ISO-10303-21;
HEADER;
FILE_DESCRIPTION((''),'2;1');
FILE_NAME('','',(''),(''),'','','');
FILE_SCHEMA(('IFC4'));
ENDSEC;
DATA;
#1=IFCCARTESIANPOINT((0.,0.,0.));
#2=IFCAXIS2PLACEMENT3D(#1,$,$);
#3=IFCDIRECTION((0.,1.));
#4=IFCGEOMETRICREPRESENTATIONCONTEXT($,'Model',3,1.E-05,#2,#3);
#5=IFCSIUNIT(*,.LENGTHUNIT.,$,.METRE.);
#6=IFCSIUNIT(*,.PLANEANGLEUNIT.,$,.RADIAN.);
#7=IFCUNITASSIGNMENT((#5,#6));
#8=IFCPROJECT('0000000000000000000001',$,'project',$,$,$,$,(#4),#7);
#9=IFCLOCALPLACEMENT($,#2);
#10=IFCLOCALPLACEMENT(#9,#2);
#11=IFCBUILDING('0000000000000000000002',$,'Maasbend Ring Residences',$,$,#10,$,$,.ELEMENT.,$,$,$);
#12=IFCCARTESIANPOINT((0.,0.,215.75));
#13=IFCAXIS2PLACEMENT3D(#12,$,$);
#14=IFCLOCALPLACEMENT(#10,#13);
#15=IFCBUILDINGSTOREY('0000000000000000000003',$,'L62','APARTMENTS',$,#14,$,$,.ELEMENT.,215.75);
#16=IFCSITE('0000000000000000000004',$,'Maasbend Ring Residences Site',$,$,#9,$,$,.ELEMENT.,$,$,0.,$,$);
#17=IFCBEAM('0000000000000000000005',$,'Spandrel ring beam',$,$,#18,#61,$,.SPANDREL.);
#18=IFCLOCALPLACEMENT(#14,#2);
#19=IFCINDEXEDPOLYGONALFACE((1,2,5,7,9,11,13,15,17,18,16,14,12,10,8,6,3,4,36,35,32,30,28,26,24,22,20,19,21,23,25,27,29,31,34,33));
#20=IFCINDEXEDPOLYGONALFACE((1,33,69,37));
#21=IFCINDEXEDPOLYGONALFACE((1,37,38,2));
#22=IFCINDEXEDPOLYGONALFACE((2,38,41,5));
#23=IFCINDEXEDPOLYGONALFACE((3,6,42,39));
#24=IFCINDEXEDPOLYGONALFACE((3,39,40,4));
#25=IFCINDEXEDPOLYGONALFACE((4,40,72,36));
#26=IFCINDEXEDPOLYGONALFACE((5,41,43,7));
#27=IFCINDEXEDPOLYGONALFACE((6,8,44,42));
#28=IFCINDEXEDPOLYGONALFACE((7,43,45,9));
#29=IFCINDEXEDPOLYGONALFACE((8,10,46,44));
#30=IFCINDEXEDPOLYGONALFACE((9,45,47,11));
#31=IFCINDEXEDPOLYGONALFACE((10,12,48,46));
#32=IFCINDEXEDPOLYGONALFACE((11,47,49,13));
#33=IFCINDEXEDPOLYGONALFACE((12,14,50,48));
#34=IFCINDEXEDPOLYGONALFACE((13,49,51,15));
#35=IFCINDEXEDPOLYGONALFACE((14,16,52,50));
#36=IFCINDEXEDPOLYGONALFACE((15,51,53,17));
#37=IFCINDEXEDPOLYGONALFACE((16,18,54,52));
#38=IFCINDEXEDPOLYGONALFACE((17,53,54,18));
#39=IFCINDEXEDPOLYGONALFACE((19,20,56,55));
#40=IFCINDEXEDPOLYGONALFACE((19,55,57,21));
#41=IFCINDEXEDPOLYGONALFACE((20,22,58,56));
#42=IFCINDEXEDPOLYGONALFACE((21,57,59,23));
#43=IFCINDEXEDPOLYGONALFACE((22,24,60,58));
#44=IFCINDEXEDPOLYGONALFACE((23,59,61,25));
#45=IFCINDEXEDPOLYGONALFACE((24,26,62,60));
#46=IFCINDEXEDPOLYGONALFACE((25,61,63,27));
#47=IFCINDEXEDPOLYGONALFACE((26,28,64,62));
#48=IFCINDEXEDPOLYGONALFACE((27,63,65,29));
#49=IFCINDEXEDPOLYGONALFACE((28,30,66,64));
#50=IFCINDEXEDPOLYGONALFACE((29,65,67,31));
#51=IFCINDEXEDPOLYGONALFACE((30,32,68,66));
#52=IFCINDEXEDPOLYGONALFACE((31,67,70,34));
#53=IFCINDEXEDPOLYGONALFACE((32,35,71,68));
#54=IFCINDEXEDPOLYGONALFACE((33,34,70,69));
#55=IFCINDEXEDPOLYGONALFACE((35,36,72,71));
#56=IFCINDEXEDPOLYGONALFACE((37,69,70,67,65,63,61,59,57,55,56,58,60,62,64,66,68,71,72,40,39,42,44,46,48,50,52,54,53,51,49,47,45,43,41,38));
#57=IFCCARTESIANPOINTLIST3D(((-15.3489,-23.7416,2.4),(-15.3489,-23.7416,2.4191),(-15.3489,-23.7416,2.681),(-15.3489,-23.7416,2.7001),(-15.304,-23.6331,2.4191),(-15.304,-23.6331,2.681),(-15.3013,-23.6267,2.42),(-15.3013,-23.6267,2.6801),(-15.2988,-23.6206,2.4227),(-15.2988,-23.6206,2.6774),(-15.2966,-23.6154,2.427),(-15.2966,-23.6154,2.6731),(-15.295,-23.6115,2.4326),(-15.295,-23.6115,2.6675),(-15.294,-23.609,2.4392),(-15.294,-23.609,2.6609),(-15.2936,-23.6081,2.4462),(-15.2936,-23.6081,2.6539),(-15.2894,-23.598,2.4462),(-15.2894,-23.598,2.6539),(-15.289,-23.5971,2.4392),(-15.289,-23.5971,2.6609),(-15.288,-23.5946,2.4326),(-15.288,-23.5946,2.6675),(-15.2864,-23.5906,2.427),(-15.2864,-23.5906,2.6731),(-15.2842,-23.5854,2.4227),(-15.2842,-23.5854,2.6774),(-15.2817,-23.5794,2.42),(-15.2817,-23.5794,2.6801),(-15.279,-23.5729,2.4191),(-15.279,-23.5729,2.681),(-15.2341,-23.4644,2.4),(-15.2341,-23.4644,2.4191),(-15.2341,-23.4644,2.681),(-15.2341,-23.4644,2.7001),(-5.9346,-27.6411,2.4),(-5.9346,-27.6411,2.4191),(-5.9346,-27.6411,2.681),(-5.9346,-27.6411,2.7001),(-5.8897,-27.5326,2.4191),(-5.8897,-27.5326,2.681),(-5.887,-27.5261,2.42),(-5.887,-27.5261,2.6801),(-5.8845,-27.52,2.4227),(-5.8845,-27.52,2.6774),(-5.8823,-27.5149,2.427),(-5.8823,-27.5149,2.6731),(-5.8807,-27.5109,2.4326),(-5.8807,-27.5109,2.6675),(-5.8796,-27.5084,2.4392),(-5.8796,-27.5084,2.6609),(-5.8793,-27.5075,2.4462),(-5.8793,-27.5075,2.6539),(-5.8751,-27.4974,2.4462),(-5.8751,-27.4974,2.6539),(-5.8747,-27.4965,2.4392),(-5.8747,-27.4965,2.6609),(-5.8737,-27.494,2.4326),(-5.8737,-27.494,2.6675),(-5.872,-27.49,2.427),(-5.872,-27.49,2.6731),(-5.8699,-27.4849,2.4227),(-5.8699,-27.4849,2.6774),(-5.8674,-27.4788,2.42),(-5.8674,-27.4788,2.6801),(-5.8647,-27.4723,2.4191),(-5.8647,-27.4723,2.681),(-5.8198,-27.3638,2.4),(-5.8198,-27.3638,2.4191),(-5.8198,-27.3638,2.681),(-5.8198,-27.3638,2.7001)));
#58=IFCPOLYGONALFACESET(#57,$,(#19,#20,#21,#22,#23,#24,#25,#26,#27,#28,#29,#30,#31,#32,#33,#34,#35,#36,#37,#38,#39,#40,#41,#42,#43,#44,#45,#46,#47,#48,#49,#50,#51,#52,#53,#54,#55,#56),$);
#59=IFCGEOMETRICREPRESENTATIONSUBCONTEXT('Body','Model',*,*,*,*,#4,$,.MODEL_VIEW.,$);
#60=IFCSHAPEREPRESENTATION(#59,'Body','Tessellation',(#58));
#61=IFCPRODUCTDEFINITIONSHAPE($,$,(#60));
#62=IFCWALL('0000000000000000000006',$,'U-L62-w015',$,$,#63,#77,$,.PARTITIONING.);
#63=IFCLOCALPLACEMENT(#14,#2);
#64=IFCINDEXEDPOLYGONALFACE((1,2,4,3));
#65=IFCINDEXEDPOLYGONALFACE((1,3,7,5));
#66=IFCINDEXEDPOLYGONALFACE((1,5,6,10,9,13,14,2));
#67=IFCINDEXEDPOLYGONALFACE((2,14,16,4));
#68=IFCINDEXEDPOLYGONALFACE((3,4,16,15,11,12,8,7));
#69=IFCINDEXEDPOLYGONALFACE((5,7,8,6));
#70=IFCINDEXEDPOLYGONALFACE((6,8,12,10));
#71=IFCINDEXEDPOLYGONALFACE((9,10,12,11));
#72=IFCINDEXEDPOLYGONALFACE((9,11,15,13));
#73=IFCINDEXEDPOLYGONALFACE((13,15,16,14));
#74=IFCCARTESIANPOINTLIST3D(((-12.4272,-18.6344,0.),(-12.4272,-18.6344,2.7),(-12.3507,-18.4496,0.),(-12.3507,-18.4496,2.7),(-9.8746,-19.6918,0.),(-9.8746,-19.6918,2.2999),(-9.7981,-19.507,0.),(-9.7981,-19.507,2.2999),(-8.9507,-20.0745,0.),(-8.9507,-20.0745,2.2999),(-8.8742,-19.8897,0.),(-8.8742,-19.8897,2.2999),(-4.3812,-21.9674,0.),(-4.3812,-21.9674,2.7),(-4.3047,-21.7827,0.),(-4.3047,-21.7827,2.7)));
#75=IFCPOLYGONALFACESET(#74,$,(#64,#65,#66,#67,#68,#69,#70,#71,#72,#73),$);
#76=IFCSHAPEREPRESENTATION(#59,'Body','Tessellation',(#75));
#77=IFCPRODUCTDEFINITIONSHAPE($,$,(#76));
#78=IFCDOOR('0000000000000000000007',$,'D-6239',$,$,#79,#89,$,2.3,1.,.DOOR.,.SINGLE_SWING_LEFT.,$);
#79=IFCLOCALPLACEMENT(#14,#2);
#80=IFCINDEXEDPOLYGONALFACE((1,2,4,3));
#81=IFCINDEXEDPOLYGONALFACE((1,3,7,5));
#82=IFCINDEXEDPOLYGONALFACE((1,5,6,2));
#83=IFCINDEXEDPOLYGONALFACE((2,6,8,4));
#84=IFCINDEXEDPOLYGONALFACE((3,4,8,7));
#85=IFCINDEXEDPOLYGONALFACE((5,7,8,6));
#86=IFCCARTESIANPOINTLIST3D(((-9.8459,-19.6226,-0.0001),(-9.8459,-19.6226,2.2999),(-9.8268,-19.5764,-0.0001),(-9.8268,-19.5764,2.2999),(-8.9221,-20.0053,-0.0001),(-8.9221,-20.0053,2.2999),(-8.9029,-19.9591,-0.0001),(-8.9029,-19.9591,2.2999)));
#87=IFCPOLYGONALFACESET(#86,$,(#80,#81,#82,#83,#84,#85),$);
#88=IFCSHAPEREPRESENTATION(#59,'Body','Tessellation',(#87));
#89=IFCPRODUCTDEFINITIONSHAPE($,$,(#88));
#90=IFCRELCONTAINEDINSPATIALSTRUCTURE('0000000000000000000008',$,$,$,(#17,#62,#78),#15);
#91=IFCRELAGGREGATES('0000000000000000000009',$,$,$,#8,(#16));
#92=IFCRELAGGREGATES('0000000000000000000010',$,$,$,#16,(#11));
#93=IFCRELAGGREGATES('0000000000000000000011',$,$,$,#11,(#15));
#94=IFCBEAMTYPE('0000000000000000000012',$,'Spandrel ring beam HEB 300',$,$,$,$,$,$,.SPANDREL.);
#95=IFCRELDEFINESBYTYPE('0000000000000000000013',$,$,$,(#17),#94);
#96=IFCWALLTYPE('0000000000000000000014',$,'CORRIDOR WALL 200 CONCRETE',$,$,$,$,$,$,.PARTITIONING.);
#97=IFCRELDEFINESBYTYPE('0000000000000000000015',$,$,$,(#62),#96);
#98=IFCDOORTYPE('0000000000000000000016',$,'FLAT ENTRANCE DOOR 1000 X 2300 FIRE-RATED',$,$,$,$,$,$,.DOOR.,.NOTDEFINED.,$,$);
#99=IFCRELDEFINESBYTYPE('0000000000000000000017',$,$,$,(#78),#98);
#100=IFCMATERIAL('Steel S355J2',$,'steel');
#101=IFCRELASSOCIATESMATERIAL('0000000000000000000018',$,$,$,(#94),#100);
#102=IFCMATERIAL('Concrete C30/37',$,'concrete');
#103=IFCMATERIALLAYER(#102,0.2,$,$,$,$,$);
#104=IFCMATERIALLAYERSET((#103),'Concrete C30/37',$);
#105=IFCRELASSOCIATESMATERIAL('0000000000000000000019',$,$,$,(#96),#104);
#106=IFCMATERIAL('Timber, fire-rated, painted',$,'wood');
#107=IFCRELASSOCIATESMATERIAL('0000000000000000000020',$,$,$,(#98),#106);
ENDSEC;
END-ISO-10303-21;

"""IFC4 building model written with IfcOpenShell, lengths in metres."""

from ifc_helpers import new_model, si_unit, direction, frame, frame_2d, origin, origin_2d, place, context, subcontext, project, spatial, rectangle, i_section, extrude, material, layer, layer_set, material_profile, profile_set, type_object, element, fill, save


model = new_model("IFC4")

# Units and contexts
model_context = context("Model", 3, precision=1e-05, world=origin(), true_north=direction((0.0, 1.0)))
body_context = subcontext(model_context, "Body", "Model", "MODEL_VIEW")
ifc_project = project(units=[si_unit("LENGTHUNIT", "METRE"), si_unit("PLANEANGLEUNIT", "RADIAN")], contexts=[model_context])

# Site, building, storey
site_placement = place(None, origin())
site = spatial("IfcSite", under=ifc_project, at=site_placement, Name="Maasbend Ring Residences Site", CompositionType="ELEMENT", RefElevation=0.0)
building_placement = place(site_placement, origin())
building = spatial("IfcBuilding", under=site, at=building_placement, Name="Maasbend Ring Residences", CompositionType="ELEMENT")
storey_placement = place(building_placement, frame((0.0, 0.0, 215.75)))
storey = spatial("IfcBuildingStorey", under=building, at=storey_placement, Name="L62", Description="APARTMENTS", CompositionType="ELEMENT", Elevation=215.75)

# Beam
ifc_material_1 = material(Name="Steel S355J2", Category="steel")
ifc_material_profile_1 = material_profile(ifc_material_1, i_section(OverallWidth=0.3, OverallDepth=0.3, WebThickness=0.011, FlangeThickness=0.019, FilletRadius=0.0271, at=origin_2d()), Name="HEB 300")
ifc_profile_set_1 = profile_set([ifc_material_profile_1], Name="Steel S355J2")
beam_type_1 = type_object("IfcBeamType", Name="Spandrel ring beam HEB 300", PredefinedType="SPANDREL", material=ifc_profile_set_1)
beam_1_placement = place(storey_placement, frame((-15.2915, -23.603, 2.55), z_axis=(0.923884, -0.382673, 0.0), x_axis=(0.382673, 0.923884, 0.0)))
element("IfcBeam", 1, at=beam_1_placement, inside=storey, type_object=beam_type_1, Name="Spandrel ring beam", PredefinedType="SPANDREL", context=body_context, shape_type="SweptSolid", body=[
    extrude(i_section(OverallWidth=0.3, OverallDepth=0.3, WebThickness=0.011, FlangeThickness=0.019, FilletRadius=0.0271, at=origin_2d()), origin(), (0.0, 0.0, 1.0), 10.1899),
])

# Wall, opening, door
ifc_material_2 = material(Name="Concrete C30/37", Category="concrete")
ifc_layer_1 = layer(ifc_material_2, 0.2)
ifc_layer_set_1 = layer_set([ifc_layer_1], Name="Concrete C30/37")
wall_type_1 = type_object("IfcWallType", Name="CORRIDOR WALL 200 CONCRETE", PredefinedType="PARTITIONING", material=ifc_layer_set_1)
wall_1_placement = place(storey_placement, frame((-12.3889, -18.542, 0.0), z_axis=(0.0, 0.0, 1.0), x_axis=(0.923868, -0.382712, 0.0)))
wall_1 = element("IfcWall", 2, at=wall_1_placement, inside=storey, type_object=wall_type_1, Name="U-L62-w015", PredefinedType="PARTITIONING", context=body_context, shape_type="SweptSolid", body=[
    extrude(rectangle(XDim=8.709, YDim=0.2, at=frame_2d((4.3545, 0.0))), origin(), (0.0, 0.0, 1.0), 2.7),
])
opening_1_placement = place(wall_1_placement, frame((2.7629, 0.0, 0.0)))
opening_1 = element("IfcOpeningElement", 3, at=opening_1_placement, cuts=wall_1, PredefinedType="OPENING", context=body_context, shape_type="SweptSolid", body=[
    extrude(rectangle(XDim=1.0, YDim=2.3, at=frame_2d((0.5, 1.1499))), frame((0.0, 0.1099, 0.0), z_axis=(0.0, -1.0, 0.0), x_axis=(1.0, 0.0, 0.0)), (0.0, 0.0, 1.0), 0.22),
])
ifc_material_3 = material(Name="Timber, fire-rated, painted", Category="wood")
door_type_1 = type_object("IfcDoorType", Name="FLAT ENTRANCE DOOR 1000 X 2300 FIRE-RATED", OperationType="NOTDEFINED", PredefinedType="DOOR", material=ifc_material_3)
door_1_placement = place(opening_1_placement, origin())
door_1 = element("IfcDoor", 4, at=door_1_placement, inside=storey, type_object=door_type_1, Name="D-6239", OperationType="SINGLE_SWING_LEFT", OverallHeight=2.3, OverallWidth=1.0, PredefinedType="DOOR", context=body_context, shape_type="SweptSolid", body=[
    extrude(rectangle(XDim=1.0, YDim=2.3, at=frame_2d((0.5, 1.1499))), frame((0.0, 0.0249, 0.0), z_axis=(0.0, -1.0, 0.0), x_axis=(1.0, 0.0, 0.0)), (0.0, 0.0, 1.0), 0.05),
])
fill(opening_1, door_1)

save(model, "model.ifc")
